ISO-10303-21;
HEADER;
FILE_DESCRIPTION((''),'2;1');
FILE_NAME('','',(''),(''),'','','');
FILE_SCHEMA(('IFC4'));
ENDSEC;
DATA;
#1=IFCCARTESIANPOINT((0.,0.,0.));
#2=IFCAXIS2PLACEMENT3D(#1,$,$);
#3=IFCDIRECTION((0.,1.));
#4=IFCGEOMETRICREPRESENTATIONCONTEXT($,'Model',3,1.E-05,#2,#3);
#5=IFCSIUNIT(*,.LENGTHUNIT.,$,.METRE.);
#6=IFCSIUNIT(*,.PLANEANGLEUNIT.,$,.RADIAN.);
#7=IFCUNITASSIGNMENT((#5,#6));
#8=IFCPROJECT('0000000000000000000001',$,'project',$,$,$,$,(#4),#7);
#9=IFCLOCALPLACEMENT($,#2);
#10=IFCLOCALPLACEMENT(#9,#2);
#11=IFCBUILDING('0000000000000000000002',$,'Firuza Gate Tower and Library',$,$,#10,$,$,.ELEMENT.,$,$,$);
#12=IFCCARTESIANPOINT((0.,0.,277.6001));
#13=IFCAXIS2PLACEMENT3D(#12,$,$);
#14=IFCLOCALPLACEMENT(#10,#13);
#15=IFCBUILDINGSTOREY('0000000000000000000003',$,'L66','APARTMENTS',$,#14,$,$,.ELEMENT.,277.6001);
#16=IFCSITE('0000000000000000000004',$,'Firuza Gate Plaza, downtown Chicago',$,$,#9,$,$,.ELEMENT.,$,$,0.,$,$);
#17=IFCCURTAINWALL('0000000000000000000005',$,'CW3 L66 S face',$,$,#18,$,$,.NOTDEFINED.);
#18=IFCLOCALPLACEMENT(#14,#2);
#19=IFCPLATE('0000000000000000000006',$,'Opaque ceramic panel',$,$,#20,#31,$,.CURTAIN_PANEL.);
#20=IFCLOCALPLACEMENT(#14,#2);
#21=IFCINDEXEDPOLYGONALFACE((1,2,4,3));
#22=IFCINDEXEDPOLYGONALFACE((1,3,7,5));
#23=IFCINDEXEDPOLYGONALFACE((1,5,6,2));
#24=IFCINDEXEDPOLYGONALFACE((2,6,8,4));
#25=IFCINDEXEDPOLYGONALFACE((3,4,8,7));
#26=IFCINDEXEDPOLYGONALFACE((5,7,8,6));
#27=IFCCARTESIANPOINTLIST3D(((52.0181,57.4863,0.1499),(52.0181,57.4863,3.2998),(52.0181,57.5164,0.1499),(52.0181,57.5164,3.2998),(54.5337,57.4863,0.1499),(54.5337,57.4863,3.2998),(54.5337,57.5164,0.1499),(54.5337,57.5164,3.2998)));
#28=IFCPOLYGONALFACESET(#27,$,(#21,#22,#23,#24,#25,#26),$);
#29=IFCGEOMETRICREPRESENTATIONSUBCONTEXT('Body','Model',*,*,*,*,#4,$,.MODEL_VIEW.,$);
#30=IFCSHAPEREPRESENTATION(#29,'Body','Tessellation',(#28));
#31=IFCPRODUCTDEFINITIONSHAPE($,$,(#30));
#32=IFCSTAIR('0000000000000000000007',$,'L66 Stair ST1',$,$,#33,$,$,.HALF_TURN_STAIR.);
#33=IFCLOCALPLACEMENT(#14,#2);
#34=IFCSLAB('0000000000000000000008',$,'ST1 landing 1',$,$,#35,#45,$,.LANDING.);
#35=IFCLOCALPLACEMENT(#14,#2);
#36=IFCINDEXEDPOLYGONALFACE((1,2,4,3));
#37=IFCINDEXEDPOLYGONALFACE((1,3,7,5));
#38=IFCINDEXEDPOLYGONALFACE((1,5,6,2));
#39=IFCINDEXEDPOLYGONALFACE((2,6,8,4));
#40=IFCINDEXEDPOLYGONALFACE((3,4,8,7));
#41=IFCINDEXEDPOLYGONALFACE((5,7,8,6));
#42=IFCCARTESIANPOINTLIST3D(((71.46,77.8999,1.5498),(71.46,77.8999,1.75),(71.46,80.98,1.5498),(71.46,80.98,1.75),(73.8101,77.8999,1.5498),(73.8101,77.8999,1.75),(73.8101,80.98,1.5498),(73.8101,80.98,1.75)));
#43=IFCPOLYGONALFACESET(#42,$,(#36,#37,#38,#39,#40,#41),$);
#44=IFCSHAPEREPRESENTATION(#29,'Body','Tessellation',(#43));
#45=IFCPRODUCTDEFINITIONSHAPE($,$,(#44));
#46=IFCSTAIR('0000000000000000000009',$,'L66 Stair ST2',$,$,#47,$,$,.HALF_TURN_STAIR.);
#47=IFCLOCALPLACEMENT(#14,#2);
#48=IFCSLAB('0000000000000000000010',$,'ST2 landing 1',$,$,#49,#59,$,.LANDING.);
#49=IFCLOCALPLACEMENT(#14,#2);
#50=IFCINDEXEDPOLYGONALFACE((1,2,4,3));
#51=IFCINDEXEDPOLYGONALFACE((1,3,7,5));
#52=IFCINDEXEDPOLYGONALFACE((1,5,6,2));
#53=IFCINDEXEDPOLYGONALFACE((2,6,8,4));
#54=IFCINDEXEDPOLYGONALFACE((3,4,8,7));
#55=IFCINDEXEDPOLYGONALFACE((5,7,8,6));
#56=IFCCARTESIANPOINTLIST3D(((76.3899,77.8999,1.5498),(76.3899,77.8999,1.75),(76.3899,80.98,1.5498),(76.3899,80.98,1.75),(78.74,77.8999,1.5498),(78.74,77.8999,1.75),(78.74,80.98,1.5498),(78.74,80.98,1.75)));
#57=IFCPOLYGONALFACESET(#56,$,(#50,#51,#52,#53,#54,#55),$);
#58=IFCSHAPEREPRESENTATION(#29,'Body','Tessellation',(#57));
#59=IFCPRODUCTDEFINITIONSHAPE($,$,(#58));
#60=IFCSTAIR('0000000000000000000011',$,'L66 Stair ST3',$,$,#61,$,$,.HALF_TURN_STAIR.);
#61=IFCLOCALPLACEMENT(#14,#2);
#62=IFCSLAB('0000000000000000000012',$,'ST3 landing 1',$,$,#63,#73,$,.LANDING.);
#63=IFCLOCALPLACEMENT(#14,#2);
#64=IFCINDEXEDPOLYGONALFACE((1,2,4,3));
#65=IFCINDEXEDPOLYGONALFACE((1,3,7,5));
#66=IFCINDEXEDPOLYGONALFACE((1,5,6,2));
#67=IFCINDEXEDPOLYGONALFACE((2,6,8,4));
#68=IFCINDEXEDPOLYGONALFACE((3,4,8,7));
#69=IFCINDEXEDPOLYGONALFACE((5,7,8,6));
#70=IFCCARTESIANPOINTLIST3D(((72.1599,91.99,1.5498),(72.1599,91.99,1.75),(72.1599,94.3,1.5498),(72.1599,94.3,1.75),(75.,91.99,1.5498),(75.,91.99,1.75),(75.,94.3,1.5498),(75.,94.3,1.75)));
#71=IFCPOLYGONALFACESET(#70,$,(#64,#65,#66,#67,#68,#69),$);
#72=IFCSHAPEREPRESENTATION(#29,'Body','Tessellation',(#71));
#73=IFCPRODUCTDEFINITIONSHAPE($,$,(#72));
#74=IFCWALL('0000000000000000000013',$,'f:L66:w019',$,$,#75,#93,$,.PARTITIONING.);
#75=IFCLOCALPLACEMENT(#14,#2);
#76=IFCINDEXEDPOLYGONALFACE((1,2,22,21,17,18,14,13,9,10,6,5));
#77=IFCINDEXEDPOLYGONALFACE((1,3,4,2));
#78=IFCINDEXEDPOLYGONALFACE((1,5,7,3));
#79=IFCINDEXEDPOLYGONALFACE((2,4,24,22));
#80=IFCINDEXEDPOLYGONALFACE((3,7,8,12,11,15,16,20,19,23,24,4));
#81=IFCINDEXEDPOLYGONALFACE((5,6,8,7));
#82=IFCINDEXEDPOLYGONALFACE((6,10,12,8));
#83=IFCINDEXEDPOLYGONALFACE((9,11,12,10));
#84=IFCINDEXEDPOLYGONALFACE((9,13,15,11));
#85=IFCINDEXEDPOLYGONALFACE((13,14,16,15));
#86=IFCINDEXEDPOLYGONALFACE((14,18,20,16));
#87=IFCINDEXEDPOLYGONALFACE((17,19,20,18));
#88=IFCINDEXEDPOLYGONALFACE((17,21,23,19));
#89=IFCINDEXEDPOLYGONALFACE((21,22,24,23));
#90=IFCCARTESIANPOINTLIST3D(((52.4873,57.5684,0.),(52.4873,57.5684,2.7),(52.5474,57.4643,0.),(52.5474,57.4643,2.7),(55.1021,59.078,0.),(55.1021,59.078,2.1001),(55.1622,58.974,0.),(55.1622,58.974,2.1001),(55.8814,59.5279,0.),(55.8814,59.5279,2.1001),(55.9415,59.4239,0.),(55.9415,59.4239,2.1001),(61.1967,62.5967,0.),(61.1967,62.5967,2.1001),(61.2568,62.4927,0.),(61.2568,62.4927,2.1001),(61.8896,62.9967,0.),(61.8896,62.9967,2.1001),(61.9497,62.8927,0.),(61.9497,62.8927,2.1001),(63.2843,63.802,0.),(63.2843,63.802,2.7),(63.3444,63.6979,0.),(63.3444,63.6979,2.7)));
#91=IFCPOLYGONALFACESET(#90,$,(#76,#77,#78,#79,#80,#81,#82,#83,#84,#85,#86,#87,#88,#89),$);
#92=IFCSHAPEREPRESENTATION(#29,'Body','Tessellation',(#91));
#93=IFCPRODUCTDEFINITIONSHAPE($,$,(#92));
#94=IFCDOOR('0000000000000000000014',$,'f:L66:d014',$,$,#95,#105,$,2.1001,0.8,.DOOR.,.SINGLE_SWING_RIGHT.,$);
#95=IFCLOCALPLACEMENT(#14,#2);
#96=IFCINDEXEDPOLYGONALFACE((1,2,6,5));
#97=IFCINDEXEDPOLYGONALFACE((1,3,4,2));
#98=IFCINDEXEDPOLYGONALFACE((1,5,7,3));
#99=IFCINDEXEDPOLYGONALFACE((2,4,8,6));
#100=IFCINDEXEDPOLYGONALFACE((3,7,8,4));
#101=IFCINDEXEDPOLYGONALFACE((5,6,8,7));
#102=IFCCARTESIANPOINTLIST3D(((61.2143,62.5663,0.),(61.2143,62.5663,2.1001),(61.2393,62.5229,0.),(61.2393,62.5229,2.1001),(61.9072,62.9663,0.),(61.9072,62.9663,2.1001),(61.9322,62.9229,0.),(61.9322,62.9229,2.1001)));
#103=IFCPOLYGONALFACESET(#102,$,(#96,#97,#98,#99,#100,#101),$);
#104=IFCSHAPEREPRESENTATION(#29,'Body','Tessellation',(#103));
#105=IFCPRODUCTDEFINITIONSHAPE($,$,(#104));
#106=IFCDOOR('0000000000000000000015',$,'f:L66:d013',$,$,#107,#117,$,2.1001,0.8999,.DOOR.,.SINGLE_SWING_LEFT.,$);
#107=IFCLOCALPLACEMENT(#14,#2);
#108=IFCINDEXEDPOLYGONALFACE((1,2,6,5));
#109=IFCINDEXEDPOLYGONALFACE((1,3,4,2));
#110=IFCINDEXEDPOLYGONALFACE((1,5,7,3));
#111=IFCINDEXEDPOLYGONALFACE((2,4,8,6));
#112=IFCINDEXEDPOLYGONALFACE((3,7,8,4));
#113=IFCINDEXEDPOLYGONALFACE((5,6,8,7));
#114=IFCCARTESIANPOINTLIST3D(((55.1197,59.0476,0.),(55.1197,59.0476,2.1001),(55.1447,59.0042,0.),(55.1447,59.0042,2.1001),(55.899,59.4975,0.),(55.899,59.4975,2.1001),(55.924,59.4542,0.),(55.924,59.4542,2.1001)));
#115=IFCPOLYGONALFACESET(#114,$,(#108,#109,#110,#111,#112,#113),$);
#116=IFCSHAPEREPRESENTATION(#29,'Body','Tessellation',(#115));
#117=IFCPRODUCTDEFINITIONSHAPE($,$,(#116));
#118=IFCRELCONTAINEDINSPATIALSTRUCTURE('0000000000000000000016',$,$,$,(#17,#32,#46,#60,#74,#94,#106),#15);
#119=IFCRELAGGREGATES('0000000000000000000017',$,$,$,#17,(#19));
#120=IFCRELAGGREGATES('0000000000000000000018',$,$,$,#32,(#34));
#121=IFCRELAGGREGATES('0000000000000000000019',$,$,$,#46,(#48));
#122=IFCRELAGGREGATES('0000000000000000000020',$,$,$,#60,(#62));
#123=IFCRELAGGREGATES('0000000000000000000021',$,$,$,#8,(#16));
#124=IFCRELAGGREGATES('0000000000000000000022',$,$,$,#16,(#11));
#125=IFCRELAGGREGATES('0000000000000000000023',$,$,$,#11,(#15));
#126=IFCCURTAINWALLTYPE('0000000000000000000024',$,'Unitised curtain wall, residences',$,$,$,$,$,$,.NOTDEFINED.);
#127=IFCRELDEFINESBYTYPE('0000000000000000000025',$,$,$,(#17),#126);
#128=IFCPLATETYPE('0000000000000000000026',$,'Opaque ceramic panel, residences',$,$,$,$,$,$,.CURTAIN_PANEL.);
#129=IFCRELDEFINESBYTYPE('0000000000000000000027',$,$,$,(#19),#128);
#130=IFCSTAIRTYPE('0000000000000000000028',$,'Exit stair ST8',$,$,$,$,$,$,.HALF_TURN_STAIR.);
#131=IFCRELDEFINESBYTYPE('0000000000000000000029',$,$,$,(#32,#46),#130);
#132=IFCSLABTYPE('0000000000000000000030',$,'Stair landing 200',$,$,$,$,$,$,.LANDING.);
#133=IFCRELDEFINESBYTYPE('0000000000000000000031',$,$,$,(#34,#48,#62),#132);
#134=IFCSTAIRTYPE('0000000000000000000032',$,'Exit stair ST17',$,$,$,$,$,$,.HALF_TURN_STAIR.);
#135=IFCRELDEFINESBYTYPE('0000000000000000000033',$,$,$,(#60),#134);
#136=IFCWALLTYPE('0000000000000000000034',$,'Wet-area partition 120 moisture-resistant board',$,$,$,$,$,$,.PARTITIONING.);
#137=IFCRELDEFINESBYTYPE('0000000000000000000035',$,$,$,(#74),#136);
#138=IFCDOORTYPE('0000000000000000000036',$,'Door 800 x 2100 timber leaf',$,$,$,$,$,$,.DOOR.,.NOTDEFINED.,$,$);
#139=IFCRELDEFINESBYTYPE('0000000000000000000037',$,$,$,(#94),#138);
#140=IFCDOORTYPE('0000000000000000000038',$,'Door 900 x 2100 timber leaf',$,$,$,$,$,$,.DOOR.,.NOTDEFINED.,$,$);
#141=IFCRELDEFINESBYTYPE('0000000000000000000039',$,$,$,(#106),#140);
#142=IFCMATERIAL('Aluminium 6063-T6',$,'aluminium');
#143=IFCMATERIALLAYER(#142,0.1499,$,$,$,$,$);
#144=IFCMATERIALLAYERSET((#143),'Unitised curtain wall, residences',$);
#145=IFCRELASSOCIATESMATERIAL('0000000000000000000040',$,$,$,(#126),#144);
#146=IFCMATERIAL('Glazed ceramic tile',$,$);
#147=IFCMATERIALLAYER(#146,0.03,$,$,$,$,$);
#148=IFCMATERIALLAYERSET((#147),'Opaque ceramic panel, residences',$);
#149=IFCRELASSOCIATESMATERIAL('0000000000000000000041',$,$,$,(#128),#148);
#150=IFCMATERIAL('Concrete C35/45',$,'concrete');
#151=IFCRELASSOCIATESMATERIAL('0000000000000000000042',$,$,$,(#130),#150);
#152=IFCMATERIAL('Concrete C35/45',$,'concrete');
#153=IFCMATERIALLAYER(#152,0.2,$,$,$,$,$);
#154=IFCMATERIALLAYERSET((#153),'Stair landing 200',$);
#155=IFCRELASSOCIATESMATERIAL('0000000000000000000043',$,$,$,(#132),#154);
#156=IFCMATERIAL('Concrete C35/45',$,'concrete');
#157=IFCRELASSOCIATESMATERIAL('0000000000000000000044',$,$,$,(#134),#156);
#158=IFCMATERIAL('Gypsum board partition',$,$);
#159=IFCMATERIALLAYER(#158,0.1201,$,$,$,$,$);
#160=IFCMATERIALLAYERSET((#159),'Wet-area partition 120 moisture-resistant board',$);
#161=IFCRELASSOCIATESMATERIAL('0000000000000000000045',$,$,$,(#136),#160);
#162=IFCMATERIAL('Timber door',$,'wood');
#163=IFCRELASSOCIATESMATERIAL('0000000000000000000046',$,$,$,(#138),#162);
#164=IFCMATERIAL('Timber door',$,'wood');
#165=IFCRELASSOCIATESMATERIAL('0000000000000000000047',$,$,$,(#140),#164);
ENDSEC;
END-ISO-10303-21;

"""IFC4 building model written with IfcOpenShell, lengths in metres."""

from ifc_helpers import new_model, si_unit, direction, frame, frame_2d, origin, place, context, subcontext, project, spatial, polyline, rectangle, outline, extrude, material, layer, layer_set, type_object, element, fill, aggregate, save


model = new_model("IFC4")

# Units and contexts
model_context = context("Model", 3, precision=1e-05, world=origin(), true_north=direction((0.0, 1.0)))
body_context = subcontext(model_context, "Body", "Model", "MODEL_VIEW")
ifc_project = project(units=[si_unit("LENGTHUNIT", "METRE"), si_unit("PLANEANGLEUNIT", "RADIAN")], contexts=[model_context])

# Site, building, storey
site_placement = place(None, origin())
site = spatial("IfcSite", under=ifc_project, at=site_placement, Name="Firuza Gate Plaza, downtown Chicago", CompositionType="ELEMENT", RefElevation=0.0)
building_placement = place(site_placement, origin())
building = spatial("IfcBuilding", under=site, at=building_placement, Name="Firuza Gate Tower and Library", CompositionType="ELEMENT")
storey_placement = place(building_placement, frame((0.0, 0.0, 277.6001)))
storey = spatial("IfcBuildingStorey", under=building, at=storey_placement, Name="L66", Description="APARTMENTS", CompositionType="ELEMENT", Elevation=277.6001)

# Curtain wall
ifc_material_1 = material(Name="Aluminium 6063-T6", Category="aluminium")
ifc_layer_1 = layer(ifc_material_1, 0.1499)
ifc_layer_set_1 = layer_set([ifc_layer_1], Name="Unitised curtain wall, residences")
curtain_wall_type_1 = type_object("IfcCurtainWallType", Name="Unitised curtain wall, residences", PredefinedType="NOTDEFINED", material=ifc_layer_set_1)
placement_1 = place(storey_placement, origin())
curtain_wall_1 = element("IfcCurtainWall", 1, at=placement_1, inside=storey, type_object=curtain_wall_type_1, Name="CW3 L66 S face", PredefinedType="NOTDEFINED")

# Plate
ifc_material_2 = material(Name="Glazed ceramic tile")
ifc_layer_2 = layer(ifc_material_2, 0.03)
ifc_layer_set_2 = layer_set([ifc_layer_2], Name="Opaque ceramic panel, residences")
plate_type_1 = type_object("IfcPlateType", Name="Opaque ceramic panel, residences", PredefinedType="CURTAIN_PANEL", material=ifc_layer_set_2)
plate_1_placement = place(storey_placement, frame((52.0181, 57.4863, 0.1499), z_axis=(0.0, -1.0, 0.0), x_axis=(1.0, 0.0, 0.0)))
plate_1 = element("IfcPlate", 2, at=plate_1_placement, type_object=plate_type_1, Name="Opaque ceramic panel", PredefinedType="CURTAIN_PANEL", context=body_context, shape_type="SweptSolid", body=[
    extrude(outline(polyline([(0.0, 0.0), (2.5156, 0.0), (2.5156, 3.1499), (0.0, 3.1499), (0.0, 0.0)])), origin(), (0.0, 0.0, -1.0), 0.03),
])
aggregate(curtain_wall_1, [plate_1])

# Stairs, slabs
ifc_material_3 = material(Name="Concrete C35/45", Category="concrete")
stair_type_1 = type_object("IfcStairType", Name="Exit stair ST8", PredefinedType="HALF_TURN_STAIR", material=ifc_material_3)
stair_1 = element("IfcStair", 3, at=placement_1, inside=storey, type_object=stair_type_1, Name="L66 Stair ST1", PredefinedType="HALF_TURN_STAIR")
ifc_material_4 = material(Name="Concrete C35/45", Category="concrete")
ifc_layer_3 = layer(ifc_material_4, 0.2)
ifc_layer_set_3 = layer_set([ifc_layer_3], Name="Stair landing 200")
slab_type_1 = type_object("IfcSlabType", Name="Stair landing 200", PredefinedType="LANDING", material=ifc_layer_set_3)
placement_2 = place(storey_placement, frame((0.0, 0.0, 1.5498)))
slab_1 = element("IfcSlab", 4, at=placement_2, type_object=slab_type_1, Name="ST1 landing 1", PredefinedType="LANDING", context=body_context, shape_type="SweptSolid", body=[
    extrude(outline(polyline([(71.46, 77.8999), (73.8101, 77.8999), (73.8101, 80.98), (71.46, 80.98), (71.46, 77.8999)])), origin(), (0.0, 0.0, 1.0), 0.2002),
])
aggregate(stair_1, [slab_1])
stair_2 = element("IfcStair", 5, at=placement_1, inside=storey, type_object=stair_type_1, Name="L66 Stair ST2", PredefinedType="HALF_TURN_STAIR")
slab_2 = element("IfcSlab", 6, at=placement_2, type_object=slab_type_1, Name="ST2 landing 1", PredefinedType="LANDING", context=body_context, shape_type="SweptSolid", body=[
    extrude(outline(polyline([(78.74, 80.98), (76.3899, 80.98), (76.3899, 77.8999), (78.74, 77.8999), (78.74, 80.98)])), origin(), (0.0, 0.0, 1.0), 0.2002),
])
aggregate(stair_2, [slab_2])
ifc_material_5 = material(Name="Concrete C35/45", Category="concrete")
stair_type_2 = type_object("IfcStairType", Name="Exit stair ST17", PredefinedType="HALF_TURN_STAIR", material=ifc_material_5)
stair_3 = element("IfcStair", 7, at=placement_1, inside=storey, type_object=stair_type_2, Name="L66 Stair ST3", PredefinedType="HALF_TURN_STAIR")
slab_3 = element("IfcSlab", 8, at=placement_2, type_object=slab_type_1, Name="ST3 landing 1", PredefinedType="LANDING", context=body_context, shape_type="SweptSolid", body=[
    extrude(outline(polyline([(75.0, 91.99), (75.0, 94.3), (72.1599, 94.3), (72.1599, 91.99), (75.0, 91.99)])), origin(), (0.0, 0.0, 1.0), 0.2002),
])
aggregate(stair_3, [slab_3])

# Wall, openings, doors
ifc_material_6 = material(Name="Gypsum board partition")
ifc_layer_4 = layer(ifc_material_6, 0.1201)
ifc_layer_set_4 = layer_set([ifc_layer_4], Name="Wet-area partition 120 moisture-resistant board")
wall_type = type_object("IfcWallType", Name="Wet-area partition 120 moisture-resistant board", PredefinedType="PARTITIONING", material=ifc_layer_set_4)
wall_placement = place(storey_placement, frame((52.5173, 57.5164, 0.0), z_axis=(0.0, 0.0, 1.0), x_axis=(0.866028, 0.499995, 0.0)))
wall = element("IfcWall", 9, at=wall_placement, inside=storey, type_object=wall_type, Name="f:L66:w019", PredefinedType="PARTITIONING", context=body_context, shape_type="SweptSolid", body=[
    extrude(rectangle(XDim=12.4673, YDim=0.1201, at=frame_2d((6.2336, 0.0))), origin(), (0.0, 0.0, 1.0), 2.7),
])
opening_1_placement = place(wall_placement, frame((3.0193, 0.0, 0.0)))
opening_1 = element("IfcOpeningElement", 10, at=opening_1_placement, cuts=wall, PredefinedType="OPENING", context=body_context, shape_type="SweptSolid", body=[
    extrude(rectangle(XDim=0.8999, YDim=2.1001, at=frame_2d((0.45, 1.05))), frame((0.0, 0.0701, 0.0), z_axis=(0.0, -1.0, 0.0), x_axis=(1.0, 0.0, 0.0)), (0.0, 0.0, 1.0), 0.1401),
])
opening_2_placement = place(wall_placement, frame((10.0569, 0.0, 0.0)))
opening_2 = element("IfcOpeningElement", 11, at=opening_2_placement, cuts=wall, PredefinedType="OPENING", context=body_context, shape_type="SweptSolid", body=[
    extrude(rectangle(XDim=0.8, YDim=2.1001, at=frame_2d((0.3999, 1.05))), frame((0.0, 0.0701, 0.0), z_axis=(0.0, -1.0, 0.0), x_axis=(1.0, 0.0, 0.0)), (0.0, 0.0, 1.0), 0.1401),
])
ifc_material_7 = material(Name="Timber door", Category="wood")
door_type_1 = type_object("IfcDoorType", Name="Door 800 x 2100 timber leaf", OperationType="NOTDEFINED", PredefinedType="DOOR", material=ifc_material_7)
door_1_placement = place(opening_2_placement, origin())
door_1 = element("IfcDoor", 12, at=door_1_placement, inside=storey, type_object=door_type_1, Name="f:L66:d014", OperationType="SINGLE_SWING_RIGHT", OverallHeight=2.1001, OverallWidth=0.8, PredefinedType="DOOR", context=body_context, shape_type="SweptSolid", body=[
    extrude(rectangle(XDim=0.8, YDim=2.1001, at=frame_2d((0.3999, 1.05))), frame((0.0, 0.0249, 0.0), z_axis=(0.0, -1.0, 0.0), x_axis=(1.0, 0.0, 0.0)), (0.0, 0.0, 1.0), 0.05),
])
fill(opening_2, door_1)
ifc_material_8 = material(Name="Timber door", Category="wood")
door_type_2 = type_object("IfcDoorType", Name="Door 900 x 2100 timber leaf", OperationType="NOTDEFINED", PredefinedType="DOOR", material=ifc_material_8)
door_2_placement = place(opening_1_placement, origin())
door_2 = element("IfcDoor", 13, at=door_2_placement, inside=storey, type_object=door_type_2, Name="f:L66:d013", OperationType="SINGLE_SWING_LEFT", OverallHeight=2.1001, OverallWidth=0.8999, PredefinedType="DOOR", context=body_context, shape_type="SweptSolid", body=[
    extrude(rectangle(XDim=0.8999, YDim=2.1001, at=frame_2d((0.45, 1.05))), frame((0.0, 0.0249, 0.0), z_axis=(0.0, -1.0, 0.0), x_axis=(1.0, 0.0, 0.0)), (0.0, 0.0, 1.0), 0.05),
])
fill(opening_1, door_2)

save(model, "model.ifc")
